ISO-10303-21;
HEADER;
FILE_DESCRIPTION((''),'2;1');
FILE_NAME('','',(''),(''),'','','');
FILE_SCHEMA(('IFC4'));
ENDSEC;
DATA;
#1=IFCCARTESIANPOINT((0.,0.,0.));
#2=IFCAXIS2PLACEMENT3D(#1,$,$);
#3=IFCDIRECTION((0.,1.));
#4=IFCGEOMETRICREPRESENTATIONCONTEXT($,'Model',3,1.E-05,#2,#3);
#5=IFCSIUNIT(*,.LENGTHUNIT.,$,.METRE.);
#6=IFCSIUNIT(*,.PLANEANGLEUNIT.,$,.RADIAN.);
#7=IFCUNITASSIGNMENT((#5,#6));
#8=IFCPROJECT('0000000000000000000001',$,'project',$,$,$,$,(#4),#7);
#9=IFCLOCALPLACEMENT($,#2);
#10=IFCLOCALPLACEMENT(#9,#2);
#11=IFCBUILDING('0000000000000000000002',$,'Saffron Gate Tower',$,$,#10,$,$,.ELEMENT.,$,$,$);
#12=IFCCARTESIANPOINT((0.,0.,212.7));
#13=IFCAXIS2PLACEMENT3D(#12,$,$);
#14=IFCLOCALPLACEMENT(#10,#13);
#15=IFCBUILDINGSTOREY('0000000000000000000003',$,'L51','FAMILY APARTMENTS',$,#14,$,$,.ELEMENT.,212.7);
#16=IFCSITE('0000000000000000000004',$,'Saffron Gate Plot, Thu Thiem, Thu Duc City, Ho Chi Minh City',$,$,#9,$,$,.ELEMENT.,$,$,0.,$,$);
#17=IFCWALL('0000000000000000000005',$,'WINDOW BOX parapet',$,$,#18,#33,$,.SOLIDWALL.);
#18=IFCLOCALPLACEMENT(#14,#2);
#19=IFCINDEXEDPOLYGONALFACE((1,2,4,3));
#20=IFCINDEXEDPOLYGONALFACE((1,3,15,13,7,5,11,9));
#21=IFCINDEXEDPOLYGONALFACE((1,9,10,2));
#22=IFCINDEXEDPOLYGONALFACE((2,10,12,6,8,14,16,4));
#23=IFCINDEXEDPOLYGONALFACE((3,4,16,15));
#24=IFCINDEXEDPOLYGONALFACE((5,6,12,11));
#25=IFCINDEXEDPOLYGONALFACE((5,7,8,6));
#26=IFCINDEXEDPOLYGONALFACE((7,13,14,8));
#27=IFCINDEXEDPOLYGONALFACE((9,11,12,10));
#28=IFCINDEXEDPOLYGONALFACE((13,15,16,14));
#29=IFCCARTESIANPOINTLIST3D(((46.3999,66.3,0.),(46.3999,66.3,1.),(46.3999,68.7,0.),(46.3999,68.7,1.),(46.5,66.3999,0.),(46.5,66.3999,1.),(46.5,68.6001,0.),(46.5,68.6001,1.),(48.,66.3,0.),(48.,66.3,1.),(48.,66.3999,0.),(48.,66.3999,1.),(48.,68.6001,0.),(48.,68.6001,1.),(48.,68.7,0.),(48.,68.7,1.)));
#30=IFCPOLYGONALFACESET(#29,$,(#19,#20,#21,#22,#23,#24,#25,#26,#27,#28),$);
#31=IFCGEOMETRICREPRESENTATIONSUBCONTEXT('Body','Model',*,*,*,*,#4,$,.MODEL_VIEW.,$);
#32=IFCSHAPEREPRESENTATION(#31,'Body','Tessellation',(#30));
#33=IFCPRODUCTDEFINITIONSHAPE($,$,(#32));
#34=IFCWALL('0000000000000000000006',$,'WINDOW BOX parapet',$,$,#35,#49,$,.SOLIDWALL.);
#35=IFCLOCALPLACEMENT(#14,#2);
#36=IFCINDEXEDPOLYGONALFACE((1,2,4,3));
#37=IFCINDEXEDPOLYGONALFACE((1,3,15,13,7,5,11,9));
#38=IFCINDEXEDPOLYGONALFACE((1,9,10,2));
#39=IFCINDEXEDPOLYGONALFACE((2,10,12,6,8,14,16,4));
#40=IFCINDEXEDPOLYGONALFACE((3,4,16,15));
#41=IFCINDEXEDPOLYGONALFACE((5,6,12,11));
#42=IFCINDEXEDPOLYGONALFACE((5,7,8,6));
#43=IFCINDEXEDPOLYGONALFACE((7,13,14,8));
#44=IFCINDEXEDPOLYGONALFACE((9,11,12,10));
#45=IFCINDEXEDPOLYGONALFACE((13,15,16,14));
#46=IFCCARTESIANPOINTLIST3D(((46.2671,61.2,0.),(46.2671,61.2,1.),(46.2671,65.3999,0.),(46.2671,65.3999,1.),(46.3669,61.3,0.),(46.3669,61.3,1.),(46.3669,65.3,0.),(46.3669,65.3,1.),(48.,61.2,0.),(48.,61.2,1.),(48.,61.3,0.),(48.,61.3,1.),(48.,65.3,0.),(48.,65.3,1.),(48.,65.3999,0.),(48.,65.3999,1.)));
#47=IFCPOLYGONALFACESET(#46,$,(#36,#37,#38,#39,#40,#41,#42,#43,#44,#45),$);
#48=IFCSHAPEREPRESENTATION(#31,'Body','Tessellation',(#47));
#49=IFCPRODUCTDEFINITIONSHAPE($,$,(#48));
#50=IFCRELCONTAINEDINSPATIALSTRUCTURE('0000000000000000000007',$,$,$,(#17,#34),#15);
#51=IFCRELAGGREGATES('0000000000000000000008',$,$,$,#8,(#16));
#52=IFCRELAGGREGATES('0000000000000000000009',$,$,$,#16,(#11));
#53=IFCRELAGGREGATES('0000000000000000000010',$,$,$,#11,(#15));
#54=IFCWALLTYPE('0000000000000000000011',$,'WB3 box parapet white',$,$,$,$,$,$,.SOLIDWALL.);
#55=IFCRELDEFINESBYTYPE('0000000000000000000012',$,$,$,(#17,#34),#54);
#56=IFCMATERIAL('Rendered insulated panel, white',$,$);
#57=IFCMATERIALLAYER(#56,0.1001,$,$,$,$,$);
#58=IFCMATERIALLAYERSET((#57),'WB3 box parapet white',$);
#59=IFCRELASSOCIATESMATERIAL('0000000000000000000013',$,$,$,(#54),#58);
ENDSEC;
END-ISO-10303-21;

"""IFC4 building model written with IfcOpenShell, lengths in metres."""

from ifc_helpers import new_model, si_unit, direction, frame, origin, place, context, subcontext, project, spatial, polyline, outline, extrude, material, layer, layer_set, type_object, element, save


model = new_model("IFC4")

# Units and contexts
model_context = context("Model", 3, precision=1e-05, world=origin(), true_north=direction((0.0, 1.0)))
body_context = subcontext(model_context, "Body", "Model", "MODEL_VIEW")
ifc_project = project(units=[si_unit("LENGTHUNIT", "METRE"), si_unit("PLANEANGLEUNIT", "RADIAN")], contexts=[model_context])

# Site, building, storey
site_placement = place(None, origin())
site = spatial("IfcSite", under=ifc_project, at=site_placement, Name="Saffron Gate Plot, Thu Thiem, Thu Duc City, Ho Chi Minh City", CompositionType="ELEMENT", RefElevation=0.0)
building_placement = place(site_placement, origin())
building = spatial("IfcBuilding", under=site, at=building_placement, Name="Saffron Gate Tower", CompositionType="ELEMENT")
storey_placement = place(building_placement, frame((0.0, 0.0, 212.7)))
storey = spatial("IfcBuildingStorey", under=building, at=storey_placement, Name="L51", Description="FAMILY APARTMENTS", CompositionType="ELEMENT", Elevation=212.7)

# Walls
ifc_material_1 = material(Name="Rendered insulated panel, white")
ifc_layer_1 = layer(ifc_material_1, 0.1001)
ifc_layer_set_1 = layer_set([ifc_layer_1], Name="WB3 box parapet white")
wall_type = type_object("IfcWallType", Name="WB3 box parapet white", PredefinedType="SOLIDWALL", material=ifc_layer_set_1)
wall_1_placement = place(storey_placement, origin())
element("IfcWall", 1, at=wall_1_placement, inside=storey, type_object=wall_type, Name="WINDOW BOX parapet", PredefinedType="SOLIDWALL", context=body_context, shape_type="SweptSolid", body=[
    extrude(outline(polyline([(48.0, 68.7), (48.0, 68.6001), (46.5, 68.6001), (46.5, 66.3999), (48.0, 66.3999), (48.0, 66.3), (46.3999, 66.3), (46.3999, 68.7), (48.0, 68.7)])), origin(), (0.0, 0.0, 1.0), 1.0),
])
wall_2_placement = place(storey_placement, origin())
element("IfcWall", 2, at=wall_2_placement, inside=storey, type_object=wall_type, Name="WINDOW BOX parapet", PredefinedType="SOLIDWALL", context=body_context, shape_type="SweptSolid", body=[
    extrude(outline(polyline([(48.0, 65.3999), (48.0, 65.3), (46.3669, 65.3), (46.3669, 61.3), (48.0, 61.3), (48.0, 61.2), (46.2671, 61.2), (46.2671, 65.3999), (48.0, 65.3999)])), origin(), (0.0, 0.0, 1.0), 1.0),
])

save(model, "model.ifc")
